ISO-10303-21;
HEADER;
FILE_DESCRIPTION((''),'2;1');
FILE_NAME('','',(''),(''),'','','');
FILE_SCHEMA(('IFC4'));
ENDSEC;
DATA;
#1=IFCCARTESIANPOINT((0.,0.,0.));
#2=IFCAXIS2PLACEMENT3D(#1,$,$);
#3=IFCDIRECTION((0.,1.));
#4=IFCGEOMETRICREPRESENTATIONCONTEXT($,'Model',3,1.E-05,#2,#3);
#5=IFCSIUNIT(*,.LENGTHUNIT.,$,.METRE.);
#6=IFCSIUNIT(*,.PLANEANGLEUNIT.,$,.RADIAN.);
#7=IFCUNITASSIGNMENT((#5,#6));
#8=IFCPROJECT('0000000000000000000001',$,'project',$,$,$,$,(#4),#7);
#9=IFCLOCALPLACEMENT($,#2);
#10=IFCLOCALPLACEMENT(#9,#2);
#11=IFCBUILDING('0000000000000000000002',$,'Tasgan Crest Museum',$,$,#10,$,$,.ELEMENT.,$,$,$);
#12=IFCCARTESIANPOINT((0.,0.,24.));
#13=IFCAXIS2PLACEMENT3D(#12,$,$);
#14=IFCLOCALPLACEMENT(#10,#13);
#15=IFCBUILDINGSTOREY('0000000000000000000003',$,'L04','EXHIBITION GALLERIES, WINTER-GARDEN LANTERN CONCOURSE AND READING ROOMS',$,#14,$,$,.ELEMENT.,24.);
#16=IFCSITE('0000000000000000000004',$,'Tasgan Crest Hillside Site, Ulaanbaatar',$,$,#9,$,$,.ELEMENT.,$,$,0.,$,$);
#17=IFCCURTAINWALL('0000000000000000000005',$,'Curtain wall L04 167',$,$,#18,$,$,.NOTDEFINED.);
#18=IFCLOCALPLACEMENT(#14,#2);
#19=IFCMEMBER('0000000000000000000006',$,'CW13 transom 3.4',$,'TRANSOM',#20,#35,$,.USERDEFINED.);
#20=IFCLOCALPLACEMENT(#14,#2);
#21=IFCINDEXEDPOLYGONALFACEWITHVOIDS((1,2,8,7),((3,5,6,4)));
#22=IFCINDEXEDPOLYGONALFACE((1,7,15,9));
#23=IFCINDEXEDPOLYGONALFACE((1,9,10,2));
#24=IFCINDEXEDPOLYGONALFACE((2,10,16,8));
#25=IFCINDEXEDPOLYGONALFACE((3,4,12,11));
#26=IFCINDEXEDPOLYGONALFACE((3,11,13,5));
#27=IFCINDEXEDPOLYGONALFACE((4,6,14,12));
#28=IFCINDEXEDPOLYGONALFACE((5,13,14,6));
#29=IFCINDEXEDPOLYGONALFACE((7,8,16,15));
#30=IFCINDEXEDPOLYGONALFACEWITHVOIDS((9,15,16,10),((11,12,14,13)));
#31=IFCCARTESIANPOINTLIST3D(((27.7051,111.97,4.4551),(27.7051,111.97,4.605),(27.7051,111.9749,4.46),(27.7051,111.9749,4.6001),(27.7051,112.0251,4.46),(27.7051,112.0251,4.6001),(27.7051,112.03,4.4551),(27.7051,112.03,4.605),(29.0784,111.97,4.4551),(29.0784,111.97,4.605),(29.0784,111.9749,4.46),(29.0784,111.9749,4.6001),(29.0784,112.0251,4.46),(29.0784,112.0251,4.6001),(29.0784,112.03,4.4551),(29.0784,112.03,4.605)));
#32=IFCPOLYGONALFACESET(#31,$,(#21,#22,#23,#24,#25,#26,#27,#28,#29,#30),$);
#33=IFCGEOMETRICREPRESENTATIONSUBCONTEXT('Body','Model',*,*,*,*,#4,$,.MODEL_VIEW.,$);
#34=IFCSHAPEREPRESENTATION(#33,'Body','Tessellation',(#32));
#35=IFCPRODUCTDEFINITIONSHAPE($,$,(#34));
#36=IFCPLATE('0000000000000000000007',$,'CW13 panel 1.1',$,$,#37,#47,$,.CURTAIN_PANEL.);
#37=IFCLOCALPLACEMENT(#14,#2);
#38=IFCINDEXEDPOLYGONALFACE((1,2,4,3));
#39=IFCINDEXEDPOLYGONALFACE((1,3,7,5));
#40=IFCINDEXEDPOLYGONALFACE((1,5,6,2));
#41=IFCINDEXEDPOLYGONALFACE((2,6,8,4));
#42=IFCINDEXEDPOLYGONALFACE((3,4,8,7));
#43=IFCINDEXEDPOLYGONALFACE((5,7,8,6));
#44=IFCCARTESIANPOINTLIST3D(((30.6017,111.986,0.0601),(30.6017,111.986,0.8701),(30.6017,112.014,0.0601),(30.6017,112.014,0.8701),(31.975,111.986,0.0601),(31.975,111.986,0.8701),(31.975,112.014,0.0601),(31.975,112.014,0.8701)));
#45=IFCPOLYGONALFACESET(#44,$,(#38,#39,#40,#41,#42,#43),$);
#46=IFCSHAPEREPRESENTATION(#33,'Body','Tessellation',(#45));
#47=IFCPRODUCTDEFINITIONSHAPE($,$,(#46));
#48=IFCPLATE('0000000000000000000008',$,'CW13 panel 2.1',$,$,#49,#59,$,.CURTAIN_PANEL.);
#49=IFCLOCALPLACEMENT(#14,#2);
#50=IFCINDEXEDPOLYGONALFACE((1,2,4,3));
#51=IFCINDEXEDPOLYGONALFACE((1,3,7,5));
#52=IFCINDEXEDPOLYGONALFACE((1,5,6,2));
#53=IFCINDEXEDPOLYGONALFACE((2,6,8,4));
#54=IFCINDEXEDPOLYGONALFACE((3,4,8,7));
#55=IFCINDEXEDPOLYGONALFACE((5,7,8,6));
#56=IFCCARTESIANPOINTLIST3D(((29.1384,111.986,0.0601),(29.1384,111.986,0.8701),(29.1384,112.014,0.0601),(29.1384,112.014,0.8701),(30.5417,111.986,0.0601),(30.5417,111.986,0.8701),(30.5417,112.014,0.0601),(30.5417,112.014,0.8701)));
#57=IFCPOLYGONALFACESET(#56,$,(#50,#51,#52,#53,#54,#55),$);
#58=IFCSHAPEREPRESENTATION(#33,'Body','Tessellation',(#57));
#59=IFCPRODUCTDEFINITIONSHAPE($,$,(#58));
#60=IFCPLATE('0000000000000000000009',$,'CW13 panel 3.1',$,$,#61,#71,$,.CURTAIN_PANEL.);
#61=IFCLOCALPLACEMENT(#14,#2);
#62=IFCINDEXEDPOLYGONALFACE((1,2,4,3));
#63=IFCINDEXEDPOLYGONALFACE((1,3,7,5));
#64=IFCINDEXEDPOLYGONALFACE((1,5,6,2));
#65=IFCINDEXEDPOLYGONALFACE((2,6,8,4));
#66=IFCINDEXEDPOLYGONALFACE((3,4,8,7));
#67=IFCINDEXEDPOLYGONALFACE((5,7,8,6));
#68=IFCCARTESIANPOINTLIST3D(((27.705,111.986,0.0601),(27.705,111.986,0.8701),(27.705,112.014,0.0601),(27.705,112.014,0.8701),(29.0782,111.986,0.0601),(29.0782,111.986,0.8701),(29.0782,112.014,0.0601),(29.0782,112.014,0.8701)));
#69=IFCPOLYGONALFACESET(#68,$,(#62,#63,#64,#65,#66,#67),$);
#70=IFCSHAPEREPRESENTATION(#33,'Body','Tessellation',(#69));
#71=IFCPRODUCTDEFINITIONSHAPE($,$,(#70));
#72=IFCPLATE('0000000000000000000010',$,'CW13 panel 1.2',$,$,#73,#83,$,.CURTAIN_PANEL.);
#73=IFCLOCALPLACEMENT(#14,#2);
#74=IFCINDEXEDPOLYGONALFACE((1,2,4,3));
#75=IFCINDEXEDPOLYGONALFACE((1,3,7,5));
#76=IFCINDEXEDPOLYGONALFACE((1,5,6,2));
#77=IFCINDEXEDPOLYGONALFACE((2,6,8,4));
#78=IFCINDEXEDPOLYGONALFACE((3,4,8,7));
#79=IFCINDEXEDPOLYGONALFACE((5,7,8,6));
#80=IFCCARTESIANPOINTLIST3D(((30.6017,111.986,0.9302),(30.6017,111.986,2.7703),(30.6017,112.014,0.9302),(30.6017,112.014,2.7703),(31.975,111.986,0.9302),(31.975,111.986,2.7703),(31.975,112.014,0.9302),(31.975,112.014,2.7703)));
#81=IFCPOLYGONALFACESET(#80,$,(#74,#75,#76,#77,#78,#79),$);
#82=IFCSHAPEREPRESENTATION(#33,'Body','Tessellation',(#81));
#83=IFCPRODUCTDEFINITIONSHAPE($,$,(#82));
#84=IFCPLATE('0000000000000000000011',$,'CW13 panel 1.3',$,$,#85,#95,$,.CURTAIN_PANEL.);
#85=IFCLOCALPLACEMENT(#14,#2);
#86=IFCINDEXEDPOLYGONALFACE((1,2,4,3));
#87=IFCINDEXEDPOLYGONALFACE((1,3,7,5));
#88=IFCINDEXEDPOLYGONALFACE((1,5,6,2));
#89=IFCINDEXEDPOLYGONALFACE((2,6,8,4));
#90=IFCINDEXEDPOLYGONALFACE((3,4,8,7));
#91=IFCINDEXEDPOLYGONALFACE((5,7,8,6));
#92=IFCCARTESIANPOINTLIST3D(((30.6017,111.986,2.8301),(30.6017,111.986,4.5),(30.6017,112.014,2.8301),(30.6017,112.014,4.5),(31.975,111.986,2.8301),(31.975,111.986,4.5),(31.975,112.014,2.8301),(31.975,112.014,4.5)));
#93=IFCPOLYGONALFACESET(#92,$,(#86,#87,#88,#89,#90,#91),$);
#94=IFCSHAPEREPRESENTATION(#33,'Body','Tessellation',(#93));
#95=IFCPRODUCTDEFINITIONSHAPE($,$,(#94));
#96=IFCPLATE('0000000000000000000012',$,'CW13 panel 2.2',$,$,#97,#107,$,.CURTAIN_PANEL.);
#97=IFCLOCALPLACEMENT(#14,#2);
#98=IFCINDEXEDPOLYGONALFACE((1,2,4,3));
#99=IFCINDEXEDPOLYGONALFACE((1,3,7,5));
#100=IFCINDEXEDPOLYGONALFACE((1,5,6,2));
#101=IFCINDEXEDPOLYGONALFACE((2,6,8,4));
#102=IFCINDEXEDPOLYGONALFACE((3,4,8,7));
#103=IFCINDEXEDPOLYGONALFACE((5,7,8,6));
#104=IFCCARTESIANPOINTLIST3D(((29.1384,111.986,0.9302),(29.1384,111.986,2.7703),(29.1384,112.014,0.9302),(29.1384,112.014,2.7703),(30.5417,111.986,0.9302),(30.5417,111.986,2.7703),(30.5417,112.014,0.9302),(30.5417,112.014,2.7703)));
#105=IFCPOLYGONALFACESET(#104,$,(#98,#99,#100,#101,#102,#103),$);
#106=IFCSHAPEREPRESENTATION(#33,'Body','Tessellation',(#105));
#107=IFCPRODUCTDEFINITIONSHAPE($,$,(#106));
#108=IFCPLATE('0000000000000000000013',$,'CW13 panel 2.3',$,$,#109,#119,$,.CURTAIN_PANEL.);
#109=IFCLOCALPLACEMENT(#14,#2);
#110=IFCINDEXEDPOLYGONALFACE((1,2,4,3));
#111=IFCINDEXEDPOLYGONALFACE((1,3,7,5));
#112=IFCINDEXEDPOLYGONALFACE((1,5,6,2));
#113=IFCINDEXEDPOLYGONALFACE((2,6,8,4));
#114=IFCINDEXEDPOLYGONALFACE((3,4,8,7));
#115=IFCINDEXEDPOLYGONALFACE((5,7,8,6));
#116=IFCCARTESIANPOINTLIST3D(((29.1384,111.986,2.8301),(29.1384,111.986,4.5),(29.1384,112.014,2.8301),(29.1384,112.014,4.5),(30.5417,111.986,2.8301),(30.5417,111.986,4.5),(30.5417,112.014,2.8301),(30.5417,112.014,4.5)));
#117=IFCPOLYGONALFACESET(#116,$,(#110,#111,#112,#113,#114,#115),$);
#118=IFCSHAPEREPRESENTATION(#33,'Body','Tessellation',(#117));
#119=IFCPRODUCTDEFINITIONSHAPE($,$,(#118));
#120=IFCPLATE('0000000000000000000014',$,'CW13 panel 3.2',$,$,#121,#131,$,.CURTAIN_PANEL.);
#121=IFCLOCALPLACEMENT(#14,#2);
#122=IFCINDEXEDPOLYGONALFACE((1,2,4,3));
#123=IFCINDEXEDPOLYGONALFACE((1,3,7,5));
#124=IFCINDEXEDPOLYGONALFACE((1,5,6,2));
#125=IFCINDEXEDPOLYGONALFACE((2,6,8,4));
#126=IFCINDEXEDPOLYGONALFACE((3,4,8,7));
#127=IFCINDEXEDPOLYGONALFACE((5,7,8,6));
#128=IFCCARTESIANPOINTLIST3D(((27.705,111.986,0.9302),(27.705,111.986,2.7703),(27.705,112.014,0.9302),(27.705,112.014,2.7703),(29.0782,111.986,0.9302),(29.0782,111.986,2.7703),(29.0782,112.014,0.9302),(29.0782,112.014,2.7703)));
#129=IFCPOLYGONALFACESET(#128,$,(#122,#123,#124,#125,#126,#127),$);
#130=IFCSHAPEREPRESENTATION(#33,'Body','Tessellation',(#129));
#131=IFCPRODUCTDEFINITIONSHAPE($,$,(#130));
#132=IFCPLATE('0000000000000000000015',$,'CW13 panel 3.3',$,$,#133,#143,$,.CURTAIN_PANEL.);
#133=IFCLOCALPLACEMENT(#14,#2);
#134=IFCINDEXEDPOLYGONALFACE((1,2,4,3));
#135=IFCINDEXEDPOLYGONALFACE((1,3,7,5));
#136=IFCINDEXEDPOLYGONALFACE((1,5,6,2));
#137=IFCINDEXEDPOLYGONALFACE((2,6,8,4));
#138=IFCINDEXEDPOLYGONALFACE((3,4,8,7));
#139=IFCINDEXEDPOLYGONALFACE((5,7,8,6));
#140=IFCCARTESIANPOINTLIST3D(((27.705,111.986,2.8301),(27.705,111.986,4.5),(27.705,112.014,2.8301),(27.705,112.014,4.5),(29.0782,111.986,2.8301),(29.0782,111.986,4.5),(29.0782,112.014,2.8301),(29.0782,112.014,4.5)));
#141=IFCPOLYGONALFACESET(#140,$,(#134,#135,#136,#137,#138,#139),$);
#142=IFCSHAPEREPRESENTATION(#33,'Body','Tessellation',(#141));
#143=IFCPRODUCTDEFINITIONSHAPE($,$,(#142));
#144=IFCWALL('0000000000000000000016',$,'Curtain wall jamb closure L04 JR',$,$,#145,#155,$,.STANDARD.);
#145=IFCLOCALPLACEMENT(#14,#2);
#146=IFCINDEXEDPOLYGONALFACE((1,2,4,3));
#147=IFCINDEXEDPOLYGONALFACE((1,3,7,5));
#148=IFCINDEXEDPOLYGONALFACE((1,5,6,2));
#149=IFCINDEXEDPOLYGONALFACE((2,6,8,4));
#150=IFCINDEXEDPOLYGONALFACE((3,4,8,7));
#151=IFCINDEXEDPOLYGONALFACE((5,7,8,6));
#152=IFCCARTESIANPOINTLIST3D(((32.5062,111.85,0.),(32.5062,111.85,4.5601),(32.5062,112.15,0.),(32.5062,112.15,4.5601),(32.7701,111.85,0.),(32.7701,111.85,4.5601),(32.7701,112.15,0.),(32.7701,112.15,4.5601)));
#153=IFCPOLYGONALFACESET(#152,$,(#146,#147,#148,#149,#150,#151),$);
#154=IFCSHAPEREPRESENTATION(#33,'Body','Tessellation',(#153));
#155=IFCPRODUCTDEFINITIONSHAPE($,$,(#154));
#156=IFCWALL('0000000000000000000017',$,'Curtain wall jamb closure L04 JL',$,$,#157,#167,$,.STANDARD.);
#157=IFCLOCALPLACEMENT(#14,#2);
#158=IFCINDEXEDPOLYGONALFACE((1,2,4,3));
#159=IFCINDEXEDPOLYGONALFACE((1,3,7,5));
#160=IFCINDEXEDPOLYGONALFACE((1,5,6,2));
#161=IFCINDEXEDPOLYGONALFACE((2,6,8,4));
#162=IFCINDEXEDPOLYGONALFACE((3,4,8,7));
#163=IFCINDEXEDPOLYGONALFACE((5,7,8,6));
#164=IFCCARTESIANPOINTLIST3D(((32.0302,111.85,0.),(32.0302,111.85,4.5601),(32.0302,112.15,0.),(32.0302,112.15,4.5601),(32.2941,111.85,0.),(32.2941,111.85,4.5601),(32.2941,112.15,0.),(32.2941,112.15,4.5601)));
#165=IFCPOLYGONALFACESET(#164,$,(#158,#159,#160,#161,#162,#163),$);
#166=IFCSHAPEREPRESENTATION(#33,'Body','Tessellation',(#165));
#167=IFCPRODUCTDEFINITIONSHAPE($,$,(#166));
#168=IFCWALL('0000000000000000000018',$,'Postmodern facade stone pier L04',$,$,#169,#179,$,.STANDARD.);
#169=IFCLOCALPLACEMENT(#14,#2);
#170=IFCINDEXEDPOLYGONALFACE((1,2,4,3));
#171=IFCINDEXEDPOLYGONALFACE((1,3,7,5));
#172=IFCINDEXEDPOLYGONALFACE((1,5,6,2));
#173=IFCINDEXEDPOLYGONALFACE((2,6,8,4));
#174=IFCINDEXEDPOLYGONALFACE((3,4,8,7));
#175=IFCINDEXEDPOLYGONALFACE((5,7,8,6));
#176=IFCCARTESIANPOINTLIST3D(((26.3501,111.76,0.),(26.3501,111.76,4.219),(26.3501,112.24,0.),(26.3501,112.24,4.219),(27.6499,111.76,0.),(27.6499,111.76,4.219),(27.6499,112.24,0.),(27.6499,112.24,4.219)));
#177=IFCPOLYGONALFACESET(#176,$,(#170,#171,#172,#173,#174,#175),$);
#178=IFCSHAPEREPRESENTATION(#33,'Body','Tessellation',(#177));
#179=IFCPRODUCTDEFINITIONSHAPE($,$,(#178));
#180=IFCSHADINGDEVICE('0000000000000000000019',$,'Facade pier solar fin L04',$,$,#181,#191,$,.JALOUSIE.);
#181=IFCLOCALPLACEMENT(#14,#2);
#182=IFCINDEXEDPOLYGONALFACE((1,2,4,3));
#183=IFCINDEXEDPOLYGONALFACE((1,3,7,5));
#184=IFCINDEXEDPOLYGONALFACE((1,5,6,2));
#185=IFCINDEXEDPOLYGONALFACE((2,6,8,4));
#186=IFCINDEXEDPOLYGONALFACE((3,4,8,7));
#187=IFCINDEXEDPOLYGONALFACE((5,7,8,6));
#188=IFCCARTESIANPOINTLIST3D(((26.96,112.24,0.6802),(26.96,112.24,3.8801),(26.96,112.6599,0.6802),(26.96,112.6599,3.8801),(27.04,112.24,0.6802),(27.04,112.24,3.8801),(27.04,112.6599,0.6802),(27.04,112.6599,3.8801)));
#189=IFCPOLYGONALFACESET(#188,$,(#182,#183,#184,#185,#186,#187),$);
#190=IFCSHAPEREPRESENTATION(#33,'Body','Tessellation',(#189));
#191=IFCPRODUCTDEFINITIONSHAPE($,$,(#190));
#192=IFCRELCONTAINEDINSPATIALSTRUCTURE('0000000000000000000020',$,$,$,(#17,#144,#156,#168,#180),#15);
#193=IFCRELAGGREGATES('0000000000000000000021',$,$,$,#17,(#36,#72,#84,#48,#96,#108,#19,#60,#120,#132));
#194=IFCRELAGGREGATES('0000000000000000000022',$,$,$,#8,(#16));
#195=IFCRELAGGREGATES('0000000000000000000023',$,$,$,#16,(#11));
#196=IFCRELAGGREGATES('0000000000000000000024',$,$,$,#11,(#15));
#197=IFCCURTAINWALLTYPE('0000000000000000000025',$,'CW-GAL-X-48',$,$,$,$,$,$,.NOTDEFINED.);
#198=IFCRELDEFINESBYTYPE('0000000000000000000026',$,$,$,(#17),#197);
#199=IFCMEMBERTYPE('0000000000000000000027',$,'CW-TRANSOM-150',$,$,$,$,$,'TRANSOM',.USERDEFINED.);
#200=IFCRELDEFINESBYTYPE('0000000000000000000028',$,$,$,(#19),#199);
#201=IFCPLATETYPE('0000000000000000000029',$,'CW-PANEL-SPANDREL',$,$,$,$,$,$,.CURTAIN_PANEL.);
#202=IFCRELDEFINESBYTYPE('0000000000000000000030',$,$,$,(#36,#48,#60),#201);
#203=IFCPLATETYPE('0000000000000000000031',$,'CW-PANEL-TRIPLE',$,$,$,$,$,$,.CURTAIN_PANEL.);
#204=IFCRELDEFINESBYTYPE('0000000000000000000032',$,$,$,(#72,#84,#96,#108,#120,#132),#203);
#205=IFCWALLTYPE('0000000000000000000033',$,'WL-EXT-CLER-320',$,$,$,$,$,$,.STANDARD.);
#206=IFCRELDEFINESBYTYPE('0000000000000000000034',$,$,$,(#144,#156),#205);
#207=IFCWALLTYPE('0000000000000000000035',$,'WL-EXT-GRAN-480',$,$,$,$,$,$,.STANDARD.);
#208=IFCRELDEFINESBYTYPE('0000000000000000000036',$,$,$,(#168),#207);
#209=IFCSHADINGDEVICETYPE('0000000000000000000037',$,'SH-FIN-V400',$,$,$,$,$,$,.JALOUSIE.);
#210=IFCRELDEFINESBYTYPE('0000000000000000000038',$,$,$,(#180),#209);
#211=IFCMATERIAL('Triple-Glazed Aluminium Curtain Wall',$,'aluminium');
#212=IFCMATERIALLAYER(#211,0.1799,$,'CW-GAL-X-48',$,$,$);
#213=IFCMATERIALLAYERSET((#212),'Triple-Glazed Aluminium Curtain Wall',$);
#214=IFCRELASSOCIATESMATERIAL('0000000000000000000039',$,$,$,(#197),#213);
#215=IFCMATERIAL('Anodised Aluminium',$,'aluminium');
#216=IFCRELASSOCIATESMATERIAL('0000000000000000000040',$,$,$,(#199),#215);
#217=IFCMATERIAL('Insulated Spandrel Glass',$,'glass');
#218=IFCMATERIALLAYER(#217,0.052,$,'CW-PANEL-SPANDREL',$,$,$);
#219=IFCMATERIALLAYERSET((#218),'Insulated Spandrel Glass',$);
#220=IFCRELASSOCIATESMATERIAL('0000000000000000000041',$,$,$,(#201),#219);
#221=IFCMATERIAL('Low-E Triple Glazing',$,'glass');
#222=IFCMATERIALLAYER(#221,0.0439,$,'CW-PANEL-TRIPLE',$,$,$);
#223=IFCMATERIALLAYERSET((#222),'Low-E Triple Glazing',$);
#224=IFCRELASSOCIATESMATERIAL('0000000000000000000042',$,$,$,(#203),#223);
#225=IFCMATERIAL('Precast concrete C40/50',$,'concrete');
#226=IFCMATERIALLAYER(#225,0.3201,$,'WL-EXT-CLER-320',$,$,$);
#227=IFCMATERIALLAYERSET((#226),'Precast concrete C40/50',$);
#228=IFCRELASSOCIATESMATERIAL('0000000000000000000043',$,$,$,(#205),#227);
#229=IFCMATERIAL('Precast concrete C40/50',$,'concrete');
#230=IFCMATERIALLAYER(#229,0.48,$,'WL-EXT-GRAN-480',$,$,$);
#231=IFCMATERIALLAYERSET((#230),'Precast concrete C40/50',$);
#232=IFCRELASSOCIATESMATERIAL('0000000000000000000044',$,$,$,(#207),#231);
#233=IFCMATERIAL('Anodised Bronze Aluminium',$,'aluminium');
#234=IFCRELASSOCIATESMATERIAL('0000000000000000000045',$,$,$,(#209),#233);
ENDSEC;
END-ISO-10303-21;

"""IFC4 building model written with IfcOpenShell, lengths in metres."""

from ifc_helpers import new_model, si_unit, direction, frame, frame_2d, origin, origin_2d, place, context, subcontext, project, spatial, rectangle, hollow_rectangle, extrude, material, layer, layer_set, material_profile, profile_set, type_object, element, aggregate, save


model = new_model("IFC4")

# Units and contexts
model_context = context("Model", 3, precision=1e-05, world=origin(), true_north=direction((0.0, 1.0)))
body_context = subcontext(model_context, "Body", "Model", "MODEL_VIEW")
ifc_project = project(units=[si_unit("LENGTHUNIT", "METRE"), si_unit("PLANEANGLEUNIT", "RADIAN")], contexts=[model_context])

# Site, building, storey
site_placement = place(None, origin())
site = spatial("IfcSite", under=ifc_project, at=site_placement, Name="Tasgan Crest Hillside Site, Ulaanbaatar", CompositionType="ELEMENT", RefElevation=0.0)
building_placement = place(site_placement, origin())
building = spatial("IfcBuilding", under=site, at=building_placement, Name="Tasgan Crest Museum", CompositionType="ELEMENT")
storey_placement = place(building_placement, frame((0.0, 0.0, 24.0)))
storey = spatial("IfcBuildingStorey", under=building, at=storey_placement, Name="L04", Description="EXHIBITION GALLERIES, WINTER-GARDEN LANTERN CONCOURSE AND READING ROOMS", CompositionType="ELEMENT", Elevation=24.0)

# Curtain wall, member, plates
ifc_material_1 = material(Name="Triple-Glazed Aluminium Curtain Wall", Category="aluminium")
ifc_layer_1 = layer(ifc_material_1, 0.1799, Name="CW-GAL-X-48")
ifc_layer_set_1 = layer_set([ifc_layer_1], Name="Triple-Glazed Aluminium Curtain Wall")
curtain_wall_type = type_object("IfcCurtainWallType", Name="CW-GAL-X-48", PredefinedType="NOTDEFINED", material=ifc_layer_set_1)
curtain_wall_placement = place(storey_placement, origin())
curtain_wall = element("IfcCurtainWall", 1, at=curtain_wall_placement, inside=storey, type_object=curtain_wall_type, Name="Curtain wall L04 167", PredefinedType="NOTDEFINED")
ifc_material_2 = material(Name="Anodised Aluminium", Category="aluminium")
ifc_material_profile_1 = material_profile(ifc_material_2, hollow_rectangle(XDim=0.0601, YDim=0.1499, WallThickness=0.0049, at=origin_2d()), Name="ALU TRANSOM 150x60x5")
ifc_profile_set_1 = profile_set([ifc_material_profile_1], Name="Anodised Aluminium")
member_type_1 = type_object("IfcMemberType", Name="CW-TRANSOM-150", ElementType="TRANSOM", PredefinedType="USERDEFINED", material=ifc_profile_set_1)
member_1_placement = place(storey_placement, frame((29.0784, 112.0, 4.53), z_axis=(-1.0, 0.0, 0.0), x_axis=(0.0, -1.0, 0.0)))
member_1 = element("IfcMember", 2, at=member_1_placement, type_object=member_type_1, Name="CW13 transom 3.4", ObjectType="TRANSOM", PredefinedType="USERDEFINED", context=body_context, shape_type="SweptSolid", body=[
    extrude(hollow_rectangle(XDim=0.0601, YDim=0.1499, WallThickness=0.0049, at=origin_2d()), origin(), (0.0, 0.0, 1.0), 1.3733),
])
ifc_material_3 = material(Name="Insulated Spandrel Glass", Category="glass")
ifc_layer_2 = layer(ifc_material_3, 0.052, Name="CW-PANEL-SPANDREL")
ifc_layer_set_2 = layer_set([ifc_layer_2], Name="Insulated Spandrel Glass")
plate_type_1 = type_object("IfcPlateType", Name="CW-PANEL-SPANDREL", PredefinedType="CURTAIN_PANEL", material=ifc_layer_set_2)
plate_1_placement = place(storey_placement, frame((31.2883, 112.0, 0.0601), z_axis=(0.0, 0.0, 1.0), x_axis=(-1.0, 0.0, 0.0)))
plate_1 = element("IfcPlate", 3, at=plate_1_placement, type_object=plate_type_1, Name="CW13 panel 1.1", PredefinedType="CURTAIN_PANEL", context=body_context, shape_type="SweptSolid", body=[
    extrude(rectangle(XDim=1.3733, YDim=0.0281, at=origin_2d()), origin(), (0.0, 0.0, 1.0), 0.8101),
])
plate_2_placement = place(storey_placement, frame((29.8401, 112.0, 0.0601), z_axis=(0.0, 0.0, 1.0), x_axis=(-1.0, 0.0, 0.0)))
plate_2 = element("IfcPlate", 4, at=plate_2_placement, type_object=plate_type_1, Name="CW13 panel 2.1", PredefinedType="CURTAIN_PANEL", context=body_context, shape_type="SweptSolid", body=[
    extrude(rectangle(XDim=1.4033, YDim=0.0281, at=origin_2d()), origin(), (0.0, 0.0, 1.0), 0.8101),
])
plate_3_placement = place(storey_placement, frame((28.3916, 112.0, 0.0601), z_axis=(0.0, 0.0, 1.0), x_axis=(-1.0, 0.0, 0.0)))
plate_3 = element("IfcPlate", 5, at=plate_3_placement, type_object=plate_type_1, Name="CW13 panel 3.1", PredefinedType="CURTAIN_PANEL", context=body_context, shape_type="SweptSolid", body=[
    extrude(rectangle(XDim=1.3733, YDim=0.0281, at=origin_2d()), origin(), (0.0, 0.0, 1.0), 0.8101),
])
ifc_material_4 = material(Name="Low-E Triple Glazing", Category="glass")
ifc_layer_3 = layer(ifc_material_4, 0.0439, Name="CW-PANEL-TRIPLE")
ifc_layer_set_3 = layer_set([ifc_layer_3], Name="Low-E Triple Glazing")
plate_type_2 = type_object("IfcPlateType", Name="CW-PANEL-TRIPLE", PredefinedType="CURTAIN_PANEL", material=ifc_layer_set_3)
plate_4_placement = place(storey_placement, frame((31.2883, 112.0, 0.9302), z_axis=(0.0, 0.0, 1.0), x_axis=(-1.0, 0.0, 0.0)))
plate_4 = element("IfcPlate", 6, at=plate_4_placement, type_object=plate_type_2, Name="CW13 panel 1.2", PredefinedType="CURTAIN_PANEL", context=body_context, shape_type="SweptSolid", body=[
    extrude(rectangle(XDim=1.3733, YDim=0.0281, at=origin_2d()), origin(), (0.0, 0.0, 1.0), 1.8401),
])
plate_5_placement = place(storey_placement, frame((31.2883, 112.0, 2.8301), z_axis=(0.0, 0.0, 1.0), x_axis=(-1.0, 0.0, 0.0)))
plate_5 = element("IfcPlate", 7, at=plate_5_placement, type_object=plate_type_2, Name="CW13 panel 1.3", PredefinedType="CURTAIN_PANEL", context=body_context, shape_type="SweptSolid", body=[
    extrude(rectangle(XDim=1.3733, YDim=0.0281, at=origin_2d()), origin(), (0.0, 0.0, 1.0), 1.6699),
])
plate_6_placement = place(storey_placement, frame((29.8401, 112.0, 0.9302), z_axis=(0.0, 0.0, 1.0), x_axis=(-1.0, 0.0, 0.0)))
plate_6 = element("IfcPlate", 8, at=plate_6_placement, type_object=plate_type_2, Name="CW13 panel 2.2", PredefinedType="CURTAIN_PANEL", context=body_context, shape_type="SweptSolid", body=[
    extrude(rectangle(XDim=1.4033, YDim=0.0281, at=origin_2d()), origin(), (0.0, 0.0, 1.0), 1.8401),
])
plate_7_placement = place(storey_placement, frame((29.8401, 112.0, 2.8301), z_axis=(0.0, 0.0, 1.0), x_axis=(-1.0, 0.0, 0.0)))
plate_7 = element("IfcPlate", 9, at=plate_7_placement, type_object=plate_type_2, Name="CW13 panel 2.3", PredefinedType="CURTAIN_PANEL", context=body_context, shape_type="SweptSolid", body=[
    extrude(rectangle(XDim=1.4033, YDim=0.0281, at=origin_2d()), origin(), (0.0, 0.0, 1.0), 1.6699),
])
plate_8_placement = place(storey_placement, frame((28.3916, 112.0, 0.9302), z_axis=(0.0, 0.0, 1.0), x_axis=(-1.0, 0.0, 0.0)))
plate_8 = element("IfcPlate", 10, at=plate_8_placement, type_object=plate_type_2, Name="CW13 panel 3.2", PredefinedType="CURTAIN_PANEL", context=body_context, shape_type="SweptSolid", body=[
    extrude(rectangle(XDim=1.3733, YDim=0.0281, at=origin_2d()), origin(), (0.0, 0.0, 1.0), 1.8401),
])
plate_9_placement = place(storey_placement, frame((28.3916, 112.0, 2.8301), z_axis=(0.0, 0.0, 1.0), x_axis=(-1.0, 0.0, 0.0)))
plate_9 = element("IfcPlate", 11, at=plate_9_placement, type_object=plate_type_2, Name="CW13 panel 3.3", PredefinedType="CURTAIN_PANEL", context=body_context, shape_type="SweptSolid", body=[
    extrude(rectangle(XDim=1.3733, YDim=0.0281, at=origin_2d()), origin(), (0.0, 0.0, 1.0), 1.6699),
])
aggregate(curtain_wall, [plate_1, plate_4, plate_5, plate_2, plate_6, plate_7, member_1, plate_3, plate_8, plate_9])

# Walls
ifc_material_5 = material(Name="Precast concrete C40/50", Category="concrete")
ifc_layer_4 = layer(ifc_material_5, 0.3201, Name="WL-EXT-CLER-320")
ifc_layer_set_4 = layer_set([ifc_layer_4], Name="Precast concrete C40/50")
wall_type_1 = type_object("IfcWallType", Name="WL-EXT-CLER-320", PredefinedType="STANDARD", material=ifc_layer_set_4)
for number, where, z_axis, x_axis, name in (
    (12, (32.77, 112.0, 0.0), (0.0, 0.0, 1.0), (-1.0, 0.0, 0.0), "Curtain wall jamb closure L04 JR"),
    (13, (32.2939, 112.0, 0.0), (0.0, 0.0, 1.0), (-1.0, 0.0, 0.0), "Curtain wall jamb closure L04 JL"),
):
    element("IfcWall", number, at=place(storey_placement, frame(where, z_axis=z_axis, x_axis=x_axis)), inside=storey, type_object=wall_type_1, Name=name, PredefinedType="STANDARD", context=body_context, shape_type="SweptSolid", body=[
        extrude(rectangle(XDim=0.2639, YDim=0.3, at=frame_2d((0.1318, 0.0))), origin(), (0.0, 0.0, 1.0), 4.5601),
    ])
ifc_material_6 = material(Name="Precast concrete C40/50", Category="concrete")
ifc_layer_5 = layer(ifc_material_6, 0.48, Name="WL-EXT-GRAN-480")
ifc_layer_set_5 = layer_set([ifc_layer_5], Name="Precast concrete C40/50")
wall_type_2 = type_object("IfcWallType", Name="WL-EXT-GRAN-480", PredefinedType="STANDARD", material=ifc_layer_set_5)
wall_placement = place(storey_placement, frame((27.6499, 112.0, 0.0), z_axis=(0.0, 0.0, 1.0), x_axis=(-1.0, 0.0, 0.0)))
element("IfcWall", 14, at=wall_placement, inside=storey, type_object=wall_type_2, Name="Postmodern facade stone pier L04", PredefinedType="STANDARD", context=body_context, shape_type="SweptSolid", body=[
    extrude(rectangle(XDim=1.2998, YDim=0.48, at=frame_2d((0.6499, 0.0))), origin(), (0.0, 0.0, 1.0), 4.219),
])

# Shading device
ifc_material_7 = material(Name="Anodised Bronze Aluminium", Category="aluminium")
shading_device_type = type_object("IfcShadingDeviceType", Name="SH-FIN-V400", PredefinedType="JALOUSIE", material=ifc_material_7)
shading_device_placement = place(storey_placement, frame((27.0, 112.45, 0.6802), z_axis=(0.0, 0.0, 1.0), x_axis=(-1.0, 0.0, 0.0)))
element("IfcShadingDevice", 15, at=shading_device_placement, inside=storey, type_object=shading_device_type, Name="Facade pier solar fin L04", PredefinedType="JALOUSIE", context=body_context, shape_type="SweptSolid", body=[
    extrude(rectangle(XDim=0.0801, YDim=0.4199, at=origin_2d()), origin(), (0.0, 0.0, 1.0), 3.2),
])

save(model, "model.ifc")
